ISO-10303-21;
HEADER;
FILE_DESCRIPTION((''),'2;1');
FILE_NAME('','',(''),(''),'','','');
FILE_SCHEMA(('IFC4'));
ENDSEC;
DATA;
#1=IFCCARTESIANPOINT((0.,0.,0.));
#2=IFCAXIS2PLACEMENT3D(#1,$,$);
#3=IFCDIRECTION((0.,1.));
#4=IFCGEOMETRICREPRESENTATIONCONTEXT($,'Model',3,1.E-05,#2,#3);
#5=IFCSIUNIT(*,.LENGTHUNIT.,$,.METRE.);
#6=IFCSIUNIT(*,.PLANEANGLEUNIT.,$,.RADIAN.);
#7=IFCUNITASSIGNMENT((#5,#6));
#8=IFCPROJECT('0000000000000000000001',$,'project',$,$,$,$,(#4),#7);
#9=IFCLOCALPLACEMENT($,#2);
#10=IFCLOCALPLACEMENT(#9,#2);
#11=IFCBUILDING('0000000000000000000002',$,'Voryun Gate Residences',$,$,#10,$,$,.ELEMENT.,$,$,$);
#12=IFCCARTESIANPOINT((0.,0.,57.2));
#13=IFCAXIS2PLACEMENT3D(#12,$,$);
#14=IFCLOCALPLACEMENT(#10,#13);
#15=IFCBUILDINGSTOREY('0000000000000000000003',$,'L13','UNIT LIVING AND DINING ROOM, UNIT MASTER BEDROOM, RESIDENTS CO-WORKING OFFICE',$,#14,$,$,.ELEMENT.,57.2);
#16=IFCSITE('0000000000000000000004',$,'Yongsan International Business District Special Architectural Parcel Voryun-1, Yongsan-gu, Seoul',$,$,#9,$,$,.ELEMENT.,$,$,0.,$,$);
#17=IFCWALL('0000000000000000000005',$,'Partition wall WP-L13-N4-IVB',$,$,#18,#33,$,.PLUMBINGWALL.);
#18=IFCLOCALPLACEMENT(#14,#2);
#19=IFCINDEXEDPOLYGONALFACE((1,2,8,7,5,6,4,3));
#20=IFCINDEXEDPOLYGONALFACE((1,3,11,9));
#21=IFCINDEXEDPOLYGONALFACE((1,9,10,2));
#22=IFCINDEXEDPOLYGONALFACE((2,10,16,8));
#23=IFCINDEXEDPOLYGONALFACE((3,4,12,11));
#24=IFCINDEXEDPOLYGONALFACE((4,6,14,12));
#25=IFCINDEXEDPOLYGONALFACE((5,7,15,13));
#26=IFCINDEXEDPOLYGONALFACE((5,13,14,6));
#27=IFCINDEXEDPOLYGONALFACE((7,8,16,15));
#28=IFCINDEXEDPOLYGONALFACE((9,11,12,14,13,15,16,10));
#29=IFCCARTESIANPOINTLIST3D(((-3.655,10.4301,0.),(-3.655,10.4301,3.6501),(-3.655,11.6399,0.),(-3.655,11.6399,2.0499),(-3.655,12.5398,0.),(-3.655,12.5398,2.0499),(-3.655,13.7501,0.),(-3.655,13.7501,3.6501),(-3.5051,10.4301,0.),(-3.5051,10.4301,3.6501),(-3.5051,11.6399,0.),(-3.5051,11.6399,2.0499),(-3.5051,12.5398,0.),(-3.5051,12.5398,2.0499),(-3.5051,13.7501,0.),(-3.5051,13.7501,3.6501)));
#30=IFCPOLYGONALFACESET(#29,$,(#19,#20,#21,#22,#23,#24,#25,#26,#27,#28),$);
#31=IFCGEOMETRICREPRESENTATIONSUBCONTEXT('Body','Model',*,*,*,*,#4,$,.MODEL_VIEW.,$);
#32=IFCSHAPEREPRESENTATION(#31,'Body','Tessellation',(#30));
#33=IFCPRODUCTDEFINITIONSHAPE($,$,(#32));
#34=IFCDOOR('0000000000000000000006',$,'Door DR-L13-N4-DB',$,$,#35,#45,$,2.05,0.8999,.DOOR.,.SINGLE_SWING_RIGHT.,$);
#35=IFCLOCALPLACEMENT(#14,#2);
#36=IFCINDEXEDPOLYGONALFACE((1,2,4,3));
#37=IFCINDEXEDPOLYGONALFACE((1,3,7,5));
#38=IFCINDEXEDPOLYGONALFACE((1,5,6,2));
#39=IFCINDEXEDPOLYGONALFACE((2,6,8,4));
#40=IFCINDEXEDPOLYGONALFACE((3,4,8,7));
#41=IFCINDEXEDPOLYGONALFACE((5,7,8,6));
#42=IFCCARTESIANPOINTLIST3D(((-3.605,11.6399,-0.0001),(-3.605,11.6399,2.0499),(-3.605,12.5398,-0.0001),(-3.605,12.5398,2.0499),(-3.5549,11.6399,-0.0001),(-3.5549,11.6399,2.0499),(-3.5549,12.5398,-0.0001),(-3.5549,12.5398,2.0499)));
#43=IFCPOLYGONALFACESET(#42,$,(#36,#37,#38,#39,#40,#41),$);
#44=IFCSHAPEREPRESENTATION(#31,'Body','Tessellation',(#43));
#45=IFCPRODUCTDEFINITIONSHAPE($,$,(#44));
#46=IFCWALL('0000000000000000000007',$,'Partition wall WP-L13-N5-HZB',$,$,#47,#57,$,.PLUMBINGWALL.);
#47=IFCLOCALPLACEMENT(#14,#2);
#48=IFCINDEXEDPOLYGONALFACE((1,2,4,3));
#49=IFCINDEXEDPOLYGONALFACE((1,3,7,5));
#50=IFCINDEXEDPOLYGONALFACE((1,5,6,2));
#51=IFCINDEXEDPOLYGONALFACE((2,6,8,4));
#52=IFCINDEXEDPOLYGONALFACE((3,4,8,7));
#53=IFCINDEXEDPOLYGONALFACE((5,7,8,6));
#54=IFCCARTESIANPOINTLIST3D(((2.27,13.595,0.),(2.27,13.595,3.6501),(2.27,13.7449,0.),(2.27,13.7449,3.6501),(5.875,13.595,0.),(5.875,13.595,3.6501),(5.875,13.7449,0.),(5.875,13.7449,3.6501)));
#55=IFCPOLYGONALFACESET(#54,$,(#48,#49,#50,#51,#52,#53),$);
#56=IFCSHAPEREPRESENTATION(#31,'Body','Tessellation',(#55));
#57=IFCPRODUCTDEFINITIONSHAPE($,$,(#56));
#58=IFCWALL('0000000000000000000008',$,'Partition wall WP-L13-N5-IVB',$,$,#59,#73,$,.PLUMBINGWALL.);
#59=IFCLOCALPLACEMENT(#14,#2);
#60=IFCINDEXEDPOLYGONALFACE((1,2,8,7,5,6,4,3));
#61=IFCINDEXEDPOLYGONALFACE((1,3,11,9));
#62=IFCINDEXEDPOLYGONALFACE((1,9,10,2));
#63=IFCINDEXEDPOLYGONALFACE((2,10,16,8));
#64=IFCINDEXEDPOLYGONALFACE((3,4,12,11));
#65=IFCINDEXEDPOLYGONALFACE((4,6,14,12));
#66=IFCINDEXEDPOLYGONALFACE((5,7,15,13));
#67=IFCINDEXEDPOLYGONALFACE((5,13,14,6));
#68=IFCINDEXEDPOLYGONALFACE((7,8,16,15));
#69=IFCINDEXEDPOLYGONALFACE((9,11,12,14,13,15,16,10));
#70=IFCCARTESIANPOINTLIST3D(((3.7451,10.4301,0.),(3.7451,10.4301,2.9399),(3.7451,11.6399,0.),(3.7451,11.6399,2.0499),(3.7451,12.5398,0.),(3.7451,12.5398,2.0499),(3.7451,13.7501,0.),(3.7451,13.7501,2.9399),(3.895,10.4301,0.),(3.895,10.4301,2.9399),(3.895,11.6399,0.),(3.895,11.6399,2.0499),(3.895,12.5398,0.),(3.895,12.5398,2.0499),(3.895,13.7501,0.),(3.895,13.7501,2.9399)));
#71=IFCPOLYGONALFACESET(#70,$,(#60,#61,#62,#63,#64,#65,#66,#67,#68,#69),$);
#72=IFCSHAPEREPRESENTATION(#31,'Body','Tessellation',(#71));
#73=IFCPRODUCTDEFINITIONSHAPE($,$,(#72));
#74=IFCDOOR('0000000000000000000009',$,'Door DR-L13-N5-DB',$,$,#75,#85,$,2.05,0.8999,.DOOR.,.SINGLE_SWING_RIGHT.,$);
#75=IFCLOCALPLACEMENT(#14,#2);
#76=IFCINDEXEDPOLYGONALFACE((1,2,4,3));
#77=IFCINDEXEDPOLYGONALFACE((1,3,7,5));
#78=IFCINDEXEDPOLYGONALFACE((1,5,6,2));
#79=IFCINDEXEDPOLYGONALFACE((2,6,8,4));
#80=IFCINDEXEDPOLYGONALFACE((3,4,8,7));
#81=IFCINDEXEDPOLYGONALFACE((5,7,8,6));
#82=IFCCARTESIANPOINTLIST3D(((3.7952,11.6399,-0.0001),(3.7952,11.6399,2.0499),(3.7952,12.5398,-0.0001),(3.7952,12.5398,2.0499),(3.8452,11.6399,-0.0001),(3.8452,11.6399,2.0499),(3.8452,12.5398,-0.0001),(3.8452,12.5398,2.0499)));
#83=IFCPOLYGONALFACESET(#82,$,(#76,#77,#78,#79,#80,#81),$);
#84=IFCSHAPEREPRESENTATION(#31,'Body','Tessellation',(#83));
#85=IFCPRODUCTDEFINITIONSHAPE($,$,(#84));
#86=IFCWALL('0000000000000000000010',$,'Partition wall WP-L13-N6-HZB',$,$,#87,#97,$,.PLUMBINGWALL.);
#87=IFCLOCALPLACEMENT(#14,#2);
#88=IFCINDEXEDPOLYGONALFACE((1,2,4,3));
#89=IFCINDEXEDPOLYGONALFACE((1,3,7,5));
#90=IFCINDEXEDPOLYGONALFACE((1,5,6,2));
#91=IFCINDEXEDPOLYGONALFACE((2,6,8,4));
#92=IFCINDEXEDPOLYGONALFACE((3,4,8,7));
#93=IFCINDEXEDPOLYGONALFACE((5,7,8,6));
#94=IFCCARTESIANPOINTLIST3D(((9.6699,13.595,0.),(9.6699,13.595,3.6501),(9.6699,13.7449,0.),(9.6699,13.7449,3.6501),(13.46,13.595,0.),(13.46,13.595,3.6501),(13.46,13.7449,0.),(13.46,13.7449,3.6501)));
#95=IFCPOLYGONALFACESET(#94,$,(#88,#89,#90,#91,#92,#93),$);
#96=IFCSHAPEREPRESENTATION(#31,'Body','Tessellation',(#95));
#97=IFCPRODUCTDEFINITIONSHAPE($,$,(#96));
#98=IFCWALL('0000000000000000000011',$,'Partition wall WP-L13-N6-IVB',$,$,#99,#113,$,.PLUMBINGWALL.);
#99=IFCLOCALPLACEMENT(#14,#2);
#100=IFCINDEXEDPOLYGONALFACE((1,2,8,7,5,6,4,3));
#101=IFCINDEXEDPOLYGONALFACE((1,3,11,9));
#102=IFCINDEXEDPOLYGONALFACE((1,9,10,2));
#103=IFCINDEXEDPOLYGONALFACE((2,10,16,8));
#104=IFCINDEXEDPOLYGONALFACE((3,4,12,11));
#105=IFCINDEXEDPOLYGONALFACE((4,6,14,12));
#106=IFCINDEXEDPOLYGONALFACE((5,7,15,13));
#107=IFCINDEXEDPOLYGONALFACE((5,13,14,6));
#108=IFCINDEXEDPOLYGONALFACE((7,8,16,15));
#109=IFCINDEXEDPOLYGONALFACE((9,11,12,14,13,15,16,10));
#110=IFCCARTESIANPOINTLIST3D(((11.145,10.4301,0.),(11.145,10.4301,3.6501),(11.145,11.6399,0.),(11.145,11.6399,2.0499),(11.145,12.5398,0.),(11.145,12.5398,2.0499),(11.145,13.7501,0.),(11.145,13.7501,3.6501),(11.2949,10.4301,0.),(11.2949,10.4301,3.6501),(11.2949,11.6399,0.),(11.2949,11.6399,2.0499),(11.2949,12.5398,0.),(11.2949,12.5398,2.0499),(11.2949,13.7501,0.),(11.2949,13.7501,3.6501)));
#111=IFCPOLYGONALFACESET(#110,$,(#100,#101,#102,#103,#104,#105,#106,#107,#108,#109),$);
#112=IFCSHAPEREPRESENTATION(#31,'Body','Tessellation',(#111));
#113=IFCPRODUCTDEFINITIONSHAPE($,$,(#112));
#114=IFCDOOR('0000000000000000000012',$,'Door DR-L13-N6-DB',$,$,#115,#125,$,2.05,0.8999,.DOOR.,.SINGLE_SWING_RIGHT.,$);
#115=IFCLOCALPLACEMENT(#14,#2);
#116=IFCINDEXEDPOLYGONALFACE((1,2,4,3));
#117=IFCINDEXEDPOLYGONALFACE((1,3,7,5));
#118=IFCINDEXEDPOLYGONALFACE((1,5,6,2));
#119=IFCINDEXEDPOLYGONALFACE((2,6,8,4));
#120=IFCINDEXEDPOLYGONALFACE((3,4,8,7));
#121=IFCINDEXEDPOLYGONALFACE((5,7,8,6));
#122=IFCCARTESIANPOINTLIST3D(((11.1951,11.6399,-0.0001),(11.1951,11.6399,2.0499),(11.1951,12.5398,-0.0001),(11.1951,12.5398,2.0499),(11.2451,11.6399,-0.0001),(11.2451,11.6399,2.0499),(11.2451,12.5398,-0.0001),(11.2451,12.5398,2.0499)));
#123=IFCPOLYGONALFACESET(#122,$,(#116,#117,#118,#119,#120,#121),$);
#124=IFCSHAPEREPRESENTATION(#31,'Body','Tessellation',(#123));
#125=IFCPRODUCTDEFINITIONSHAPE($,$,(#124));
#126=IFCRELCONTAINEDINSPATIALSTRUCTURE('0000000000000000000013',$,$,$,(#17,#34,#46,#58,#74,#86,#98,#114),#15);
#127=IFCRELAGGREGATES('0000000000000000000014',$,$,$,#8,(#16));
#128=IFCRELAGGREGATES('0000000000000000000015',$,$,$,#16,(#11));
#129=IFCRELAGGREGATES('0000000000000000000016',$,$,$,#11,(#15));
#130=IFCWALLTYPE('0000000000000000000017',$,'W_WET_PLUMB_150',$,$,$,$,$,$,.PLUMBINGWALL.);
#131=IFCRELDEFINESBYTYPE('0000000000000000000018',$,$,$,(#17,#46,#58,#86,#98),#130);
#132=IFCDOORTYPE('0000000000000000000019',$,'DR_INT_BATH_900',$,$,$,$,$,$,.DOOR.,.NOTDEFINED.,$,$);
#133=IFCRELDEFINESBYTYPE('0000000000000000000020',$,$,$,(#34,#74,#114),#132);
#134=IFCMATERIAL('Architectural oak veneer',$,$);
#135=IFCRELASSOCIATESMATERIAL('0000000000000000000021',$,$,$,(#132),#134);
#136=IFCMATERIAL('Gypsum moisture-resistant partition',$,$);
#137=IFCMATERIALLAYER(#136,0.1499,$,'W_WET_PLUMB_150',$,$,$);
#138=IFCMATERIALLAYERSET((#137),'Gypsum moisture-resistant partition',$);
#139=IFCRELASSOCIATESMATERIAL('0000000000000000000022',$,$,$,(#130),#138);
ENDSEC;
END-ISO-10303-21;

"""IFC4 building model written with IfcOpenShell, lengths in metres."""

from ifc_helpers import new_model, si_unit, direction, frame, frame_2d, origin, place, context, subcontext, project, spatial, rectangle, extrude, material, layer, layer_set, type_object, element, fill, save


model = new_model("IFC4")

# Units and contexts
model_context = context("Model", 3, precision=1e-05, world=origin(), true_north=direction((0.0, 1.0)))
body_context = subcontext(model_context, "Body", "Model", "MODEL_VIEW")
ifc_project = project(units=[si_unit("LENGTHUNIT", "METRE"), si_unit("PLANEANGLEUNIT", "RADIAN")], contexts=[model_context])

# Site, building, storey
site_placement = place(None, origin())
site = spatial("IfcSite", under=ifc_project, at=site_placement, Name="Yongsan International Business District Special Architectural Parcel Voryun-1, Yongsan-gu, Seoul", CompositionType="ELEMENT", RefElevation=0.0)
building_placement = place(site_placement, origin())
building = spatial("IfcBuilding", under=site, at=building_placement, Name="Voryun Gate Residences", CompositionType="ELEMENT")
storey_placement = place(building_placement, frame((0.0, 0.0, 57.2)))
storey = spatial("IfcBuildingStorey", under=building, at=storey_placement, Name="L13", Description="UNIT LIVING AND DINING ROOM, UNIT MASTER BEDROOM, RESIDENTS CO-WORKING OFFICE", CompositionType="ELEMENT", Elevation=57.2)

# Shared definitions
ifc_material_1 = material(Name="Architectural oak veneer")
door_type_1 = type_object("IfcDoorType", Name="DR_INT_BATH_900", OperationType="NOTDEFINED", PredefinedType="DOOR", material=ifc_material_1)

# Wall, opening, door
ifc_material_2 = material(Name="Gypsum moisture-resistant partition")
ifc_layer_1 = layer(ifc_material_2, 0.1499, Name="W_WET_PLUMB_150")
ifc_layer_set_1 = layer_set([ifc_layer_1], Name="Gypsum moisture-resistant partition")
wall_type_1 = type_object("IfcWallType", Name="W_WET_PLUMB_150", PredefinedType="PLUMBINGWALL", material=ifc_layer_set_1)
wall_1_placement = place(storey_placement, frame((-3.5801, 10.4299, 0.0), z_axis=(0.0, 0.0, 1.0), x_axis=(0.0, 1.0, 0.0)))
wall_1 = element("IfcWall", 1, at=wall_1_placement, inside=storey, type_object=wall_type_1, Name="Partition wall WP-L13-N4-IVB", PredefinedType="PLUMBINGWALL", context=body_context, shape_type="SweptSolid", body=[
    extrude(rectangle(XDim=3.3201, YDim=0.1499, at=frame_2d((1.6602, 0.0))), origin(), (0.0, 0.0, 1.0), 3.6501),
])
opening_1_placement = place(wall_1_placement, frame((1.21, 0.0, 0.0)))
opening_1 = element("IfcOpeningElement", 2, at=opening_1_placement, cuts=wall_1, PredefinedType="OPENING", context=body_context, shape_type="SweptSolid", body=[
    extrude(rectangle(XDim=0.8999, YDim=2.05, at=frame_2d((0.45, 1.0249))), frame((0.0, 0.085, 0.0), z_axis=(0.0, -1.0, 0.0), x_axis=(1.0, 0.0, 0.0)), (0.0, 0.0, 1.0), 0.1699),
])
door_1_placement = place(opening_1_placement, origin())
door_1 = element("IfcDoor", 3, at=door_1_placement, inside=storey, type_object=door_type_1, Name="Door DR-L13-N4-DB", OperationType="SINGLE_SWING_RIGHT", OverallHeight=2.05, OverallWidth=0.8999, PredefinedType="DOOR", context=body_context, shape_type="SweptSolid", body=[
    extrude(rectangle(XDim=0.8999, YDim=2.05, at=frame_2d((0.45, 1.0249))), frame((0.0, 0.0249, 0.0), z_axis=(0.0, -1.0, 0.0), x_axis=(1.0, 0.0, 0.0)), (0.0, 0.0, 1.0), 0.05),
])
fill(opening_1, door_1)

# Wall
wall_2_placement = place(storey_placement, frame((2.27, 13.6699, 0.0), z_axis=(0.0, 0.0, 1.0), x_axis=(1.0, 0.0, 0.0)))
element("IfcWall", 4, at=wall_2_placement, inside=storey, type_object=wall_type_1, Name="Partition wall WP-L13-N5-HZB", PredefinedType="PLUMBINGWALL", context=body_context, shape_type="SweptSolid", body=[
    extrude(rectangle(XDim=3.605, YDim=0.1499, at=frame_2d((1.8025, 0.0))), origin(), (0.0, 0.0, 1.0), 3.6501),
])

# Wall, opening, door
wall_3_placement = place(storey_placement, frame((3.8201, 10.4299, 0.0), z_axis=(0.0, 0.0, 1.0), x_axis=(0.0, 1.0, 0.0)))
wall_3 = element("IfcWall", 5, at=wall_3_placement, inside=storey, type_object=wall_type_1, Name="Partition wall WP-L13-N5-IVB", PredefinedType="PLUMBINGWALL", context=body_context, shape_type="SweptSolid", body=[
    extrude(rectangle(XDim=3.3201, YDim=0.1499, at=frame_2d((1.6602, 0.0))), origin(), (0.0, 0.0, 1.0), 2.9399),
])
opening_2_placement = place(wall_3_placement, frame((1.21, 0.0, 0.0)))
opening_2 = element("IfcOpeningElement", 6, at=opening_2_placement, cuts=wall_3, PredefinedType="OPENING", context=body_context, shape_type="SweptSolid", body=[
    extrude(rectangle(XDim=0.8999, YDim=2.05, at=frame_2d((0.45, 1.0249))), frame((0.0, 0.085, 0.0), z_axis=(0.0, -1.0, 0.0), x_axis=(1.0, 0.0, 0.0)), (0.0, 0.0, 1.0), 0.1699),
])
door_2_placement = place(opening_2_placement, origin())
door_2 = element("IfcDoor", 7, at=door_2_placement, inside=storey, type_object=door_type_1, Name="Door DR-L13-N5-DB", OperationType="SINGLE_SWING_RIGHT", OverallHeight=2.05, OverallWidth=0.8999, PredefinedType="DOOR", context=body_context, shape_type="SweptSolid", body=[
    extrude(rectangle(XDim=0.8999, YDim=2.05, at=frame_2d((0.45, 1.0249))), frame((0.0, 0.0249, 0.0), z_axis=(0.0, -1.0, 0.0), x_axis=(1.0, 0.0, 0.0)), (0.0, 0.0, 1.0), 0.05),
])
fill(opening_2, door_2)

# Wall
wall_4_placement = place(storey_placement, frame((9.6699, 13.6699, 0.0), z_axis=(0.0, 0.0, 1.0), x_axis=(1.0, 0.0, 0.0)))
element("IfcWall", 8, at=wall_4_placement, inside=storey, type_object=wall_type_1, Name="Partition wall WP-L13-N6-HZB", PredefinedType="PLUMBINGWALL", context=body_context, shape_type="SweptSolid", body=[
    extrude(rectangle(XDim=3.79, YDim=0.1499, at=frame_2d((1.895, 0.0))), origin(), (0.0, 0.0, 1.0), 3.6501),
])

# Wall, opening, door
wall_5_placement = place(storey_placement, frame((11.22, 10.4299, 0.0), z_axis=(0.0, 0.0, 1.0), x_axis=(0.0, 1.0, 0.0)))
wall_5 = element("IfcWall", 9, at=wall_5_placement, inside=storey, type_object=wall_type_1, Name="Partition wall WP-L13-N6-IVB", PredefinedType="PLUMBINGWALL", context=body_context, shape_type="SweptSolid", body=[
    extrude(rectangle(XDim=3.3201, YDim=0.1499, at=frame_2d((1.6602, 0.0))), origin(), (0.0, 0.0, 1.0), 3.6501),
])
opening_3_placement = place(wall_5_placement, frame((1.21, 0.0, 0.0)))
opening_3 = element("IfcOpeningElement", 10, at=opening_3_placement, cuts=wall_5, PredefinedType="OPENING", context=body_context, shape_type="SweptSolid", body=[
    extrude(rectangle(XDim=0.8999, YDim=2.05, at=frame_2d((0.45, 1.0249))), frame((0.0, 0.085, 0.0), z_axis=(0.0, -1.0, 0.0), x_axis=(1.0, 0.0, 0.0)), (0.0, 0.0, 1.0), 0.1699),
])
door_3_placement = place(opening_3_placement, origin())
door_3 = element("IfcDoor", 11, at=door_3_placement, inside=storey, type_object=door_type_1, Name="Door DR-L13-N6-DB", OperationType="SINGLE_SWING_RIGHT", OverallHeight=2.05, OverallWidth=0.8999, PredefinedType="DOOR", context=body_context, shape_type="SweptSolid", body=[
    extrude(rectangle(XDim=0.8999, YDim=2.05, at=frame_2d((0.45, 1.0249))), frame((0.0, 0.0249, 0.0), z_axis=(0.0, -1.0, 0.0), x_axis=(1.0, 0.0, 0.0)), (0.0, 0.0, 1.0), 0.05),
])
fill(opening_3, door_3)

save(model, "model.ifc")
